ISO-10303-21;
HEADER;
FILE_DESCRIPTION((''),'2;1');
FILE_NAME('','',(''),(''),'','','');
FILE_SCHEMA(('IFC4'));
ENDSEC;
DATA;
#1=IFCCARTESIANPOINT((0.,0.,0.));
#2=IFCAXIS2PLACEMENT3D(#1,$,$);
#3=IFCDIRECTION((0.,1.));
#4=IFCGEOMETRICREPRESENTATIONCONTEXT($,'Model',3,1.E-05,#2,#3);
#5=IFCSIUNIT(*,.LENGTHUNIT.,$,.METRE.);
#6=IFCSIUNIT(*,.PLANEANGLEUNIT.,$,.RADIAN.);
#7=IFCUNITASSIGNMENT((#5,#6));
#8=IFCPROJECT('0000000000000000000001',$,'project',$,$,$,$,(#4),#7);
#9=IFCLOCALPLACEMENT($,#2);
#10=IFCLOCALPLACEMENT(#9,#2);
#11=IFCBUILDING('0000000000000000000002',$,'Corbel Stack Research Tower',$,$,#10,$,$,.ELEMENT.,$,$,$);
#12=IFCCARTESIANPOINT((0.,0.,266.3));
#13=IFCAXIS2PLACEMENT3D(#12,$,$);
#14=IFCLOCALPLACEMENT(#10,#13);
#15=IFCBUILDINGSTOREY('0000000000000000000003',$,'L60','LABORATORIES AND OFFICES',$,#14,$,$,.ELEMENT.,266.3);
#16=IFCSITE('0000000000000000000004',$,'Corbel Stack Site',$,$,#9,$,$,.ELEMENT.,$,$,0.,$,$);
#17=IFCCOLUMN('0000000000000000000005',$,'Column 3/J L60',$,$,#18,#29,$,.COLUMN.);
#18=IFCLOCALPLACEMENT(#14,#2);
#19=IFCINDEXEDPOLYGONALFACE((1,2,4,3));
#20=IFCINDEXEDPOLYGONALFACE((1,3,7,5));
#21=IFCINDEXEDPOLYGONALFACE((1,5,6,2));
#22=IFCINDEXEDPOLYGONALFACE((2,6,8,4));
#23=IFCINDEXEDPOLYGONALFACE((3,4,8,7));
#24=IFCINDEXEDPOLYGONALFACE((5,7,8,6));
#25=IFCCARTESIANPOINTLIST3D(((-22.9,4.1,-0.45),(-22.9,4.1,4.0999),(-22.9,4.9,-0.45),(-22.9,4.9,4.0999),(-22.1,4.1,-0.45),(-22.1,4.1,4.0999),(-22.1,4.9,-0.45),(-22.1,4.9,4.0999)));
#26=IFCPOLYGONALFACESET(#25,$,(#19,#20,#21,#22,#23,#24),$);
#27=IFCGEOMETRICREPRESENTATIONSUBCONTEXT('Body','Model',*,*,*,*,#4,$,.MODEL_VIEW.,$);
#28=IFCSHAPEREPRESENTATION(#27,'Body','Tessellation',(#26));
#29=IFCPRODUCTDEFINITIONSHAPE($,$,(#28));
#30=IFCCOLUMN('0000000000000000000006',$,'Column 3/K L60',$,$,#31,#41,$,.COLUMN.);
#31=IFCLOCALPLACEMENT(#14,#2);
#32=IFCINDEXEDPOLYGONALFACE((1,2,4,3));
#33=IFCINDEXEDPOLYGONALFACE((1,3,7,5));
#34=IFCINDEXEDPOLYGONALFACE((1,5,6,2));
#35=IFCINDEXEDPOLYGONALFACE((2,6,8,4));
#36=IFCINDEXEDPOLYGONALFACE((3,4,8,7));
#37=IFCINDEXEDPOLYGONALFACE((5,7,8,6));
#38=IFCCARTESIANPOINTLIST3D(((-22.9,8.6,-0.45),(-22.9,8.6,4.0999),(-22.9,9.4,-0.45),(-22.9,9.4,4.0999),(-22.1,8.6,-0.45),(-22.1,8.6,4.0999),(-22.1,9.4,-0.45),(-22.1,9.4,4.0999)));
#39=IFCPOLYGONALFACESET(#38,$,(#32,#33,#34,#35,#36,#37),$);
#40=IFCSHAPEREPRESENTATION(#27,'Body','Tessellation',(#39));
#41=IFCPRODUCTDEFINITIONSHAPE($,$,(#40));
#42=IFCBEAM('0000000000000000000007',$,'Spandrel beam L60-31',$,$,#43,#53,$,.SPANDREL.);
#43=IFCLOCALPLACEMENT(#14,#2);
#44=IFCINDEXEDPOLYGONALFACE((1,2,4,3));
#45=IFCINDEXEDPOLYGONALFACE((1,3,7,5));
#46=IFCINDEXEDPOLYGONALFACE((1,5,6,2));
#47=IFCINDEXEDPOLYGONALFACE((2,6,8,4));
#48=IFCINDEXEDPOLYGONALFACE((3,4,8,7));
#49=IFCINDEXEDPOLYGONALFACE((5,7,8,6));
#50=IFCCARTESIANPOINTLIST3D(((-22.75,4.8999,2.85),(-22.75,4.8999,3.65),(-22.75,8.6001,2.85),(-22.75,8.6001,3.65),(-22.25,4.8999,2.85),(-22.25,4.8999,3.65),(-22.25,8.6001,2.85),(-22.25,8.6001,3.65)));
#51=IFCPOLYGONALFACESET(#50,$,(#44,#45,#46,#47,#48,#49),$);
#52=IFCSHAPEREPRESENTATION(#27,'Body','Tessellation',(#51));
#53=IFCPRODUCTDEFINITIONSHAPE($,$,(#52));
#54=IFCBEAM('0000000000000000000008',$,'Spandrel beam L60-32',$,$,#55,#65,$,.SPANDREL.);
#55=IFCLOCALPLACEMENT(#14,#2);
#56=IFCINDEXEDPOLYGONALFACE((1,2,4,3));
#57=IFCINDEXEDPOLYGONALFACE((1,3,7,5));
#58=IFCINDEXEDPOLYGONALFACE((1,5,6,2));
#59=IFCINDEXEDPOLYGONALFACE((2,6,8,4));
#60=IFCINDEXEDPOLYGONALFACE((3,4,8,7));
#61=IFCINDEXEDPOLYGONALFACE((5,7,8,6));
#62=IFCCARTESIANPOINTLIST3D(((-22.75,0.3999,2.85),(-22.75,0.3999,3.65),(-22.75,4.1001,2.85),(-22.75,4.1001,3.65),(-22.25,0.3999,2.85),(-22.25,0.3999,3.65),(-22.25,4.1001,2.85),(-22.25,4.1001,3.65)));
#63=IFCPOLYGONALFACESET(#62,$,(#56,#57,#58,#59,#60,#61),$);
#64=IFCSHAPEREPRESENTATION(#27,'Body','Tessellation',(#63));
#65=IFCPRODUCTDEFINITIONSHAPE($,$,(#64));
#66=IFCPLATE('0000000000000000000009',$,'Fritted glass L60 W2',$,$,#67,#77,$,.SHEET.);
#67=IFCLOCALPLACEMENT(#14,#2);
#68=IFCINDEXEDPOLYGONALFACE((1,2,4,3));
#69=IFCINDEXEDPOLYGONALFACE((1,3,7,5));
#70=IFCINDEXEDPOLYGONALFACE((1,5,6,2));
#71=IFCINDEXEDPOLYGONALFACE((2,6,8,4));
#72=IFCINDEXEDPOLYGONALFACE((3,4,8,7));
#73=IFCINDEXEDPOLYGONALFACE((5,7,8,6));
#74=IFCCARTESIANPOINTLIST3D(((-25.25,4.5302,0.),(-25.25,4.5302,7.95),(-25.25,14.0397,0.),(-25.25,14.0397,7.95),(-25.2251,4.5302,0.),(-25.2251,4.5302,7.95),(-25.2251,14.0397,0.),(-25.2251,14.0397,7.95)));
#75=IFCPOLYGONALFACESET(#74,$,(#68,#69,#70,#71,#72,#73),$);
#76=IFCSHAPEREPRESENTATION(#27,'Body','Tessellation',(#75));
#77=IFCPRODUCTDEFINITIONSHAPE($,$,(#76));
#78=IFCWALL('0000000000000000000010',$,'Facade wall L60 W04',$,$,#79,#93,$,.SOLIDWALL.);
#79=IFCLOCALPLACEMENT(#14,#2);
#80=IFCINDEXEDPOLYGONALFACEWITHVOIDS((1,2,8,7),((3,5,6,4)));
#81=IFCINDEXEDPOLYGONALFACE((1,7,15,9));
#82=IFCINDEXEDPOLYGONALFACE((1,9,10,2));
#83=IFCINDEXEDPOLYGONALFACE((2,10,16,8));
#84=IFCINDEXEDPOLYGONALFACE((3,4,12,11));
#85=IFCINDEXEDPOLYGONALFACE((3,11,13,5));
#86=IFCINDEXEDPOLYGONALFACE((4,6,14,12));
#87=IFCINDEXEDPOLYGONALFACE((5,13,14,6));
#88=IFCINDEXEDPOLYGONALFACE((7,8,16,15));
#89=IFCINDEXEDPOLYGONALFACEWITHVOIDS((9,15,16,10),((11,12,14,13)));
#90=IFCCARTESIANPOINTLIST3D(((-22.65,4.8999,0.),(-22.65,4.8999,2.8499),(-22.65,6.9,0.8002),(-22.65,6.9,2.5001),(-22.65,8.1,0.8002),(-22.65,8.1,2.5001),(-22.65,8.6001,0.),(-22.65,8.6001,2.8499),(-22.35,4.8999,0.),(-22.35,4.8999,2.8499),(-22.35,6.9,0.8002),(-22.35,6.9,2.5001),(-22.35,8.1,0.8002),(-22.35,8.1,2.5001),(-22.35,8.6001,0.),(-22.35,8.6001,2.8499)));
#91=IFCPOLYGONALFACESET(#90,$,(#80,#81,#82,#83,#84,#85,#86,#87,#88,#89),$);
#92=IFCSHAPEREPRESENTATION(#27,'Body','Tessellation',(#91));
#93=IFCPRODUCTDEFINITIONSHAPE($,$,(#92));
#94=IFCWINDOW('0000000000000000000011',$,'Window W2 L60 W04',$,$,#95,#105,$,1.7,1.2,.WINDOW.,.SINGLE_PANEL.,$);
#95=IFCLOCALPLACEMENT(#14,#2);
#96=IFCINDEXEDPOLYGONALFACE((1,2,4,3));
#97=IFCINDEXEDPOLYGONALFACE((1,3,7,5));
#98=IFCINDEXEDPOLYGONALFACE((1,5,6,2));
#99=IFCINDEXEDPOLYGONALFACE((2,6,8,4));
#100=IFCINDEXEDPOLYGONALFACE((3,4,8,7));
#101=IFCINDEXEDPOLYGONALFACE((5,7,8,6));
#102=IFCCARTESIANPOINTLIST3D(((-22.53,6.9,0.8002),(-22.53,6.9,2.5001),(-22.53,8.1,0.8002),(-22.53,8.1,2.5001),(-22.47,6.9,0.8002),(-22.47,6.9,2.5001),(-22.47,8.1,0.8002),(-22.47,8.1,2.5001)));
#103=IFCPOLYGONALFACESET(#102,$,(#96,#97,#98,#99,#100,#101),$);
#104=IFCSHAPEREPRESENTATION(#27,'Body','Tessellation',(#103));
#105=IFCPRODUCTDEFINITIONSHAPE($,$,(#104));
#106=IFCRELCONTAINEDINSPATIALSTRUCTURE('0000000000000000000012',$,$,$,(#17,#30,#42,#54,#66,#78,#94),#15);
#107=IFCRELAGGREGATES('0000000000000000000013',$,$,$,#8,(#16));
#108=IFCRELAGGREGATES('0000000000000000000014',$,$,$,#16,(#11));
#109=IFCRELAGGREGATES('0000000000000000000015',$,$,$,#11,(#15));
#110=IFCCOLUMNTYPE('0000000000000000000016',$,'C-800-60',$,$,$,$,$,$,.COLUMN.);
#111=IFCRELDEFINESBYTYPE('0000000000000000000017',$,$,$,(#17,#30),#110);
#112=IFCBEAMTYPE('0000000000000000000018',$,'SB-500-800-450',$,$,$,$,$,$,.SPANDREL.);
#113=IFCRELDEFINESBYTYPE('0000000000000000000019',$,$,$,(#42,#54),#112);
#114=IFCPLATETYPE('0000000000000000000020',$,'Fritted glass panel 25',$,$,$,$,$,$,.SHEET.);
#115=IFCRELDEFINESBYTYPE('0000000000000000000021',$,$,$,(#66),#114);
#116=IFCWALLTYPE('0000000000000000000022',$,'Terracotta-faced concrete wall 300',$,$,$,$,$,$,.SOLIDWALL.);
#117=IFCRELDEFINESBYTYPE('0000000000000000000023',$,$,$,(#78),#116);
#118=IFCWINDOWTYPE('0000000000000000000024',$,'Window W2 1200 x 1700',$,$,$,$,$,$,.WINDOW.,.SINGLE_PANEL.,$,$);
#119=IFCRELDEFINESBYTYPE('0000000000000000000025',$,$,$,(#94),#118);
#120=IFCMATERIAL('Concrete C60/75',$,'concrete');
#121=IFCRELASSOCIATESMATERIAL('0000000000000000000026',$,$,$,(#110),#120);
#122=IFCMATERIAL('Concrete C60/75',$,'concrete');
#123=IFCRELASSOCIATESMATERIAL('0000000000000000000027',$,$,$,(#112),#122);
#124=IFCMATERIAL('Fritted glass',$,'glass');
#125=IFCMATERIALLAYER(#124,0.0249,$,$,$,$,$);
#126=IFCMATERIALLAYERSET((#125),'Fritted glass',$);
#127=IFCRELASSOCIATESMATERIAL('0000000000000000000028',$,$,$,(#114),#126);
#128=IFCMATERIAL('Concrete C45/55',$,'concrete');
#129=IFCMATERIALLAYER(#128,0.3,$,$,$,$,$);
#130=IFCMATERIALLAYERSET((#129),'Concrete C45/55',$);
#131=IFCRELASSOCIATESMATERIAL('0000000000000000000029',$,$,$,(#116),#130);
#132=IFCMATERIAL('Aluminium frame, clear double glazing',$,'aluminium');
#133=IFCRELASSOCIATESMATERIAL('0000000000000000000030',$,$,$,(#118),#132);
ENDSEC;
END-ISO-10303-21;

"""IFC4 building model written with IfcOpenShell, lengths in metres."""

from ifc_helpers import new_model, si_unit, direction, frame, frame_2d, origin, origin_2d, place, context, subcontext, project, spatial, rectangle, extrude, material, layer, layer_set, material_profile, profile_set, type_object, element, fill, save


model = new_model("IFC4")

# Units and contexts
model_context = context("Model", 3, precision=1e-05, world=origin(), true_north=direction((0.0, 1.0)))
body_context = subcontext(model_context, "Body", "Model", "MODEL_VIEW")
ifc_project = project(units=[si_unit("LENGTHUNIT", "METRE"), si_unit("PLANEANGLEUNIT", "RADIAN")], contexts=[model_context])

# Site, building, storey
site_placement = place(None, origin())
site = spatial("IfcSite", under=ifc_project, at=site_placement, Name="Corbel Stack Site", CompositionType="ELEMENT", RefElevation=0.0)
building_placement = place(site_placement, origin())
building = spatial("IfcBuilding", under=site, at=building_placement, Name="Corbel Stack Research Tower", CompositionType="ELEMENT")
storey_placement = place(building_placement, frame((0.0, 0.0, 266.3)))
storey = spatial("IfcBuildingStorey", under=building, at=storey_placement, Name="L60", Description="LABORATORIES AND OFFICES", CompositionType="ELEMENT", Elevation=266.3)

# Columns
ifc_material_1 = material(Name="Concrete C60/75", Category="concrete")
ifc_material_profile_1 = material_profile(ifc_material_1, rectangle(XDim=0.8, YDim=0.8, at=origin_2d()), Name="RC 800 x 800")
ifc_profile_set_1 = profile_set([ifc_material_profile_1], Name="Concrete C60/75")
column_type = type_object("IfcColumnType", Name="C-800-60", PredefinedType="COLUMN", material=ifc_profile_set_1)
for number, where, z_axis, x_axis, name in (
    (1, (-22.5, 4.5, -0.45), (0.0, 0.0, 1.0), (1.0, 0.0, 0.0), "Column 3/J L60"),
    (2, (-22.5, 9.0, -0.45), (0.0, 0.0, 1.0), (1.0, 0.0, 0.0), "Column 3/K L60"),
):
    element("IfcColumn", number, at=place(storey_placement, frame(where, z_axis=z_axis, x_axis=x_axis)), inside=storey, type_object=column_type, Name=name, PredefinedType="COLUMN", context=body_context, shape_type="SweptSolid", body=[
        extrude(rectangle(XDim=0.8, YDim=0.8, at=origin_2d()), origin(), (0.0, 0.0, 1.0), 4.5498),
    ])

# Beams
ifc_material_2 = material(Name="Concrete C60/75", Category="concrete")
ifc_material_profile_2 = material_profile(ifc_material_2, rectangle(XDim=0.5, YDim=0.8, at=origin_2d()), Name="RC 500 x 800")
ifc_profile_set_2 = profile_set([ifc_material_profile_2], Name="Concrete C60/75")
beam_type = type_object("IfcBeamType", Name="SB-500-800-450", PredefinedType="SPANDREL", material=ifc_profile_set_2)
for number, where, z_axis, x_axis, name in (
    (3, (-22.5, 8.6001, 3.25), (0.0, -1.0, 0.0), (1.0, 0.0, 0.0), "Spandrel beam L60-31"),
    (4, (-22.5, 4.1001, 3.25), (0.0, -1.0, 0.0), (1.0, 0.0, 0.0), "Spandrel beam L60-32"),
):
    element("IfcBeam", number, at=place(storey_placement, frame(where, z_axis=z_axis, x_axis=x_axis)), inside=storey, type_object=beam_type, Name=name, PredefinedType="SPANDREL", context=body_context, shape_type="SweptSolid", body=[
        extrude(rectangle(XDim=0.5, YDim=0.8, at=origin_2d()), origin(), (0.0, 0.0, 1.0), 3.7002),
    ])

# Plate
ifc_material_3 = material(Name="Fritted glass", Category="glass")
ifc_layer_1 = layer(ifc_material_3, 0.0249)
ifc_layer_set_1 = layer_set([ifc_layer_1], Name="Fritted glass")
plate_type = type_object("IfcPlateType", Name="Fritted glass panel 25", PredefinedType="SHEET", material=ifc_layer_set_1)
plate_placement = place(storey_placement, frame((-25.2375, 9.2849, 0.0), z_axis=(0.0, 0.0, 1.0), x_axis=(0.0, -1.0, 0.0)))
element("IfcPlate", 5, at=plate_placement, inside=storey, type_object=plate_type, Name="Fritted glass L60 W2", PredefinedType="SHEET", context=body_context, shape_type="SweptSolid", body=[
    extrude(rectangle(XDim=9.5095, YDim=0.0249, at=origin_2d()), origin(), (0.0, 0.0, 1.0), 7.95),
])

# Wall, opening, window
ifc_material_4 = material(Name="Concrete C45/55", Category="concrete")
ifc_layer_2 = layer(ifc_material_4, 0.3)
ifc_layer_set_2 = layer_set([ifc_layer_2], Name="Concrete C45/55")
wall_type = type_object("IfcWallType", Name="Terracotta-faced concrete wall 300", PredefinedType="SOLIDWALL", material=ifc_layer_set_2)
wall_placement = place(storey_placement, frame((-22.5, 4.8999, 0.0), z_axis=(0.0, 0.0, 1.0), x_axis=(0.0, 1.0, 0.0)))
wall = element("IfcWall", 6, at=wall_placement, inside=storey, type_object=wall_type, Name="Facade wall L60 W04", PredefinedType="SOLIDWALL", context=body_context, shape_type="SweptSolid", body=[
    extrude(rectangle(XDim=3.7002, YDim=0.3, at=frame_2d((1.8501, 0.0))), origin(), (0.0, 0.0, 1.0), 2.8499),
])
opening_placement = place(wall_placement, frame((2.0, 0.0, 0.8)))
opening = element("IfcOpeningElement", 7, at=opening_placement, cuts=wall, PredefinedType="OPENING", context=body_context, shape_type="SweptSolid", body=[
    extrude(rectangle(XDim=1.2, YDim=1.7, at=frame_2d((0.6001, 0.8501))), frame((0.0, 0.1599, 0.0), z_axis=(0.0, -1.0, 0.0), x_axis=(1.0, 0.0, 0.0)), (0.0, 0.0, 1.0), 0.3201),
])
ifc_material_5 = material(Name="Aluminium frame, clear double glazing", Category="aluminium")
window_type = type_object("IfcWindowType", Name="Window W2 1200 x 1700", PartitioningType="SINGLE_PANEL", PredefinedType="WINDOW", material=ifc_material_5)
window_placement = place(opening_placement, origin())
window = element("IfcWindow", 8, at=window_placement, inside=storey, type_object=window_type, Name="Window W2 L60 W04", OverallHeight=1.7, OverallWidth=1.2, PartitioningType="SINGLE_PANEL", PredefinedType="WINDOW", context=body_context, shape_type="SweptSolid", body=[
    extrude(rectangle(XDim=1.2, YDim=1.7, at=frame_2d((0.6001, 0.8501))), frame((0.0, 0.03, 0.0), z_axis=(0.0, -1.0, 0.0), x_axis=(1.0, 0.0, 0.0)), (0.0, 0.0, 1.0), 0.0601),
])
fill(opening, window)

save(model, "model.ifc")
